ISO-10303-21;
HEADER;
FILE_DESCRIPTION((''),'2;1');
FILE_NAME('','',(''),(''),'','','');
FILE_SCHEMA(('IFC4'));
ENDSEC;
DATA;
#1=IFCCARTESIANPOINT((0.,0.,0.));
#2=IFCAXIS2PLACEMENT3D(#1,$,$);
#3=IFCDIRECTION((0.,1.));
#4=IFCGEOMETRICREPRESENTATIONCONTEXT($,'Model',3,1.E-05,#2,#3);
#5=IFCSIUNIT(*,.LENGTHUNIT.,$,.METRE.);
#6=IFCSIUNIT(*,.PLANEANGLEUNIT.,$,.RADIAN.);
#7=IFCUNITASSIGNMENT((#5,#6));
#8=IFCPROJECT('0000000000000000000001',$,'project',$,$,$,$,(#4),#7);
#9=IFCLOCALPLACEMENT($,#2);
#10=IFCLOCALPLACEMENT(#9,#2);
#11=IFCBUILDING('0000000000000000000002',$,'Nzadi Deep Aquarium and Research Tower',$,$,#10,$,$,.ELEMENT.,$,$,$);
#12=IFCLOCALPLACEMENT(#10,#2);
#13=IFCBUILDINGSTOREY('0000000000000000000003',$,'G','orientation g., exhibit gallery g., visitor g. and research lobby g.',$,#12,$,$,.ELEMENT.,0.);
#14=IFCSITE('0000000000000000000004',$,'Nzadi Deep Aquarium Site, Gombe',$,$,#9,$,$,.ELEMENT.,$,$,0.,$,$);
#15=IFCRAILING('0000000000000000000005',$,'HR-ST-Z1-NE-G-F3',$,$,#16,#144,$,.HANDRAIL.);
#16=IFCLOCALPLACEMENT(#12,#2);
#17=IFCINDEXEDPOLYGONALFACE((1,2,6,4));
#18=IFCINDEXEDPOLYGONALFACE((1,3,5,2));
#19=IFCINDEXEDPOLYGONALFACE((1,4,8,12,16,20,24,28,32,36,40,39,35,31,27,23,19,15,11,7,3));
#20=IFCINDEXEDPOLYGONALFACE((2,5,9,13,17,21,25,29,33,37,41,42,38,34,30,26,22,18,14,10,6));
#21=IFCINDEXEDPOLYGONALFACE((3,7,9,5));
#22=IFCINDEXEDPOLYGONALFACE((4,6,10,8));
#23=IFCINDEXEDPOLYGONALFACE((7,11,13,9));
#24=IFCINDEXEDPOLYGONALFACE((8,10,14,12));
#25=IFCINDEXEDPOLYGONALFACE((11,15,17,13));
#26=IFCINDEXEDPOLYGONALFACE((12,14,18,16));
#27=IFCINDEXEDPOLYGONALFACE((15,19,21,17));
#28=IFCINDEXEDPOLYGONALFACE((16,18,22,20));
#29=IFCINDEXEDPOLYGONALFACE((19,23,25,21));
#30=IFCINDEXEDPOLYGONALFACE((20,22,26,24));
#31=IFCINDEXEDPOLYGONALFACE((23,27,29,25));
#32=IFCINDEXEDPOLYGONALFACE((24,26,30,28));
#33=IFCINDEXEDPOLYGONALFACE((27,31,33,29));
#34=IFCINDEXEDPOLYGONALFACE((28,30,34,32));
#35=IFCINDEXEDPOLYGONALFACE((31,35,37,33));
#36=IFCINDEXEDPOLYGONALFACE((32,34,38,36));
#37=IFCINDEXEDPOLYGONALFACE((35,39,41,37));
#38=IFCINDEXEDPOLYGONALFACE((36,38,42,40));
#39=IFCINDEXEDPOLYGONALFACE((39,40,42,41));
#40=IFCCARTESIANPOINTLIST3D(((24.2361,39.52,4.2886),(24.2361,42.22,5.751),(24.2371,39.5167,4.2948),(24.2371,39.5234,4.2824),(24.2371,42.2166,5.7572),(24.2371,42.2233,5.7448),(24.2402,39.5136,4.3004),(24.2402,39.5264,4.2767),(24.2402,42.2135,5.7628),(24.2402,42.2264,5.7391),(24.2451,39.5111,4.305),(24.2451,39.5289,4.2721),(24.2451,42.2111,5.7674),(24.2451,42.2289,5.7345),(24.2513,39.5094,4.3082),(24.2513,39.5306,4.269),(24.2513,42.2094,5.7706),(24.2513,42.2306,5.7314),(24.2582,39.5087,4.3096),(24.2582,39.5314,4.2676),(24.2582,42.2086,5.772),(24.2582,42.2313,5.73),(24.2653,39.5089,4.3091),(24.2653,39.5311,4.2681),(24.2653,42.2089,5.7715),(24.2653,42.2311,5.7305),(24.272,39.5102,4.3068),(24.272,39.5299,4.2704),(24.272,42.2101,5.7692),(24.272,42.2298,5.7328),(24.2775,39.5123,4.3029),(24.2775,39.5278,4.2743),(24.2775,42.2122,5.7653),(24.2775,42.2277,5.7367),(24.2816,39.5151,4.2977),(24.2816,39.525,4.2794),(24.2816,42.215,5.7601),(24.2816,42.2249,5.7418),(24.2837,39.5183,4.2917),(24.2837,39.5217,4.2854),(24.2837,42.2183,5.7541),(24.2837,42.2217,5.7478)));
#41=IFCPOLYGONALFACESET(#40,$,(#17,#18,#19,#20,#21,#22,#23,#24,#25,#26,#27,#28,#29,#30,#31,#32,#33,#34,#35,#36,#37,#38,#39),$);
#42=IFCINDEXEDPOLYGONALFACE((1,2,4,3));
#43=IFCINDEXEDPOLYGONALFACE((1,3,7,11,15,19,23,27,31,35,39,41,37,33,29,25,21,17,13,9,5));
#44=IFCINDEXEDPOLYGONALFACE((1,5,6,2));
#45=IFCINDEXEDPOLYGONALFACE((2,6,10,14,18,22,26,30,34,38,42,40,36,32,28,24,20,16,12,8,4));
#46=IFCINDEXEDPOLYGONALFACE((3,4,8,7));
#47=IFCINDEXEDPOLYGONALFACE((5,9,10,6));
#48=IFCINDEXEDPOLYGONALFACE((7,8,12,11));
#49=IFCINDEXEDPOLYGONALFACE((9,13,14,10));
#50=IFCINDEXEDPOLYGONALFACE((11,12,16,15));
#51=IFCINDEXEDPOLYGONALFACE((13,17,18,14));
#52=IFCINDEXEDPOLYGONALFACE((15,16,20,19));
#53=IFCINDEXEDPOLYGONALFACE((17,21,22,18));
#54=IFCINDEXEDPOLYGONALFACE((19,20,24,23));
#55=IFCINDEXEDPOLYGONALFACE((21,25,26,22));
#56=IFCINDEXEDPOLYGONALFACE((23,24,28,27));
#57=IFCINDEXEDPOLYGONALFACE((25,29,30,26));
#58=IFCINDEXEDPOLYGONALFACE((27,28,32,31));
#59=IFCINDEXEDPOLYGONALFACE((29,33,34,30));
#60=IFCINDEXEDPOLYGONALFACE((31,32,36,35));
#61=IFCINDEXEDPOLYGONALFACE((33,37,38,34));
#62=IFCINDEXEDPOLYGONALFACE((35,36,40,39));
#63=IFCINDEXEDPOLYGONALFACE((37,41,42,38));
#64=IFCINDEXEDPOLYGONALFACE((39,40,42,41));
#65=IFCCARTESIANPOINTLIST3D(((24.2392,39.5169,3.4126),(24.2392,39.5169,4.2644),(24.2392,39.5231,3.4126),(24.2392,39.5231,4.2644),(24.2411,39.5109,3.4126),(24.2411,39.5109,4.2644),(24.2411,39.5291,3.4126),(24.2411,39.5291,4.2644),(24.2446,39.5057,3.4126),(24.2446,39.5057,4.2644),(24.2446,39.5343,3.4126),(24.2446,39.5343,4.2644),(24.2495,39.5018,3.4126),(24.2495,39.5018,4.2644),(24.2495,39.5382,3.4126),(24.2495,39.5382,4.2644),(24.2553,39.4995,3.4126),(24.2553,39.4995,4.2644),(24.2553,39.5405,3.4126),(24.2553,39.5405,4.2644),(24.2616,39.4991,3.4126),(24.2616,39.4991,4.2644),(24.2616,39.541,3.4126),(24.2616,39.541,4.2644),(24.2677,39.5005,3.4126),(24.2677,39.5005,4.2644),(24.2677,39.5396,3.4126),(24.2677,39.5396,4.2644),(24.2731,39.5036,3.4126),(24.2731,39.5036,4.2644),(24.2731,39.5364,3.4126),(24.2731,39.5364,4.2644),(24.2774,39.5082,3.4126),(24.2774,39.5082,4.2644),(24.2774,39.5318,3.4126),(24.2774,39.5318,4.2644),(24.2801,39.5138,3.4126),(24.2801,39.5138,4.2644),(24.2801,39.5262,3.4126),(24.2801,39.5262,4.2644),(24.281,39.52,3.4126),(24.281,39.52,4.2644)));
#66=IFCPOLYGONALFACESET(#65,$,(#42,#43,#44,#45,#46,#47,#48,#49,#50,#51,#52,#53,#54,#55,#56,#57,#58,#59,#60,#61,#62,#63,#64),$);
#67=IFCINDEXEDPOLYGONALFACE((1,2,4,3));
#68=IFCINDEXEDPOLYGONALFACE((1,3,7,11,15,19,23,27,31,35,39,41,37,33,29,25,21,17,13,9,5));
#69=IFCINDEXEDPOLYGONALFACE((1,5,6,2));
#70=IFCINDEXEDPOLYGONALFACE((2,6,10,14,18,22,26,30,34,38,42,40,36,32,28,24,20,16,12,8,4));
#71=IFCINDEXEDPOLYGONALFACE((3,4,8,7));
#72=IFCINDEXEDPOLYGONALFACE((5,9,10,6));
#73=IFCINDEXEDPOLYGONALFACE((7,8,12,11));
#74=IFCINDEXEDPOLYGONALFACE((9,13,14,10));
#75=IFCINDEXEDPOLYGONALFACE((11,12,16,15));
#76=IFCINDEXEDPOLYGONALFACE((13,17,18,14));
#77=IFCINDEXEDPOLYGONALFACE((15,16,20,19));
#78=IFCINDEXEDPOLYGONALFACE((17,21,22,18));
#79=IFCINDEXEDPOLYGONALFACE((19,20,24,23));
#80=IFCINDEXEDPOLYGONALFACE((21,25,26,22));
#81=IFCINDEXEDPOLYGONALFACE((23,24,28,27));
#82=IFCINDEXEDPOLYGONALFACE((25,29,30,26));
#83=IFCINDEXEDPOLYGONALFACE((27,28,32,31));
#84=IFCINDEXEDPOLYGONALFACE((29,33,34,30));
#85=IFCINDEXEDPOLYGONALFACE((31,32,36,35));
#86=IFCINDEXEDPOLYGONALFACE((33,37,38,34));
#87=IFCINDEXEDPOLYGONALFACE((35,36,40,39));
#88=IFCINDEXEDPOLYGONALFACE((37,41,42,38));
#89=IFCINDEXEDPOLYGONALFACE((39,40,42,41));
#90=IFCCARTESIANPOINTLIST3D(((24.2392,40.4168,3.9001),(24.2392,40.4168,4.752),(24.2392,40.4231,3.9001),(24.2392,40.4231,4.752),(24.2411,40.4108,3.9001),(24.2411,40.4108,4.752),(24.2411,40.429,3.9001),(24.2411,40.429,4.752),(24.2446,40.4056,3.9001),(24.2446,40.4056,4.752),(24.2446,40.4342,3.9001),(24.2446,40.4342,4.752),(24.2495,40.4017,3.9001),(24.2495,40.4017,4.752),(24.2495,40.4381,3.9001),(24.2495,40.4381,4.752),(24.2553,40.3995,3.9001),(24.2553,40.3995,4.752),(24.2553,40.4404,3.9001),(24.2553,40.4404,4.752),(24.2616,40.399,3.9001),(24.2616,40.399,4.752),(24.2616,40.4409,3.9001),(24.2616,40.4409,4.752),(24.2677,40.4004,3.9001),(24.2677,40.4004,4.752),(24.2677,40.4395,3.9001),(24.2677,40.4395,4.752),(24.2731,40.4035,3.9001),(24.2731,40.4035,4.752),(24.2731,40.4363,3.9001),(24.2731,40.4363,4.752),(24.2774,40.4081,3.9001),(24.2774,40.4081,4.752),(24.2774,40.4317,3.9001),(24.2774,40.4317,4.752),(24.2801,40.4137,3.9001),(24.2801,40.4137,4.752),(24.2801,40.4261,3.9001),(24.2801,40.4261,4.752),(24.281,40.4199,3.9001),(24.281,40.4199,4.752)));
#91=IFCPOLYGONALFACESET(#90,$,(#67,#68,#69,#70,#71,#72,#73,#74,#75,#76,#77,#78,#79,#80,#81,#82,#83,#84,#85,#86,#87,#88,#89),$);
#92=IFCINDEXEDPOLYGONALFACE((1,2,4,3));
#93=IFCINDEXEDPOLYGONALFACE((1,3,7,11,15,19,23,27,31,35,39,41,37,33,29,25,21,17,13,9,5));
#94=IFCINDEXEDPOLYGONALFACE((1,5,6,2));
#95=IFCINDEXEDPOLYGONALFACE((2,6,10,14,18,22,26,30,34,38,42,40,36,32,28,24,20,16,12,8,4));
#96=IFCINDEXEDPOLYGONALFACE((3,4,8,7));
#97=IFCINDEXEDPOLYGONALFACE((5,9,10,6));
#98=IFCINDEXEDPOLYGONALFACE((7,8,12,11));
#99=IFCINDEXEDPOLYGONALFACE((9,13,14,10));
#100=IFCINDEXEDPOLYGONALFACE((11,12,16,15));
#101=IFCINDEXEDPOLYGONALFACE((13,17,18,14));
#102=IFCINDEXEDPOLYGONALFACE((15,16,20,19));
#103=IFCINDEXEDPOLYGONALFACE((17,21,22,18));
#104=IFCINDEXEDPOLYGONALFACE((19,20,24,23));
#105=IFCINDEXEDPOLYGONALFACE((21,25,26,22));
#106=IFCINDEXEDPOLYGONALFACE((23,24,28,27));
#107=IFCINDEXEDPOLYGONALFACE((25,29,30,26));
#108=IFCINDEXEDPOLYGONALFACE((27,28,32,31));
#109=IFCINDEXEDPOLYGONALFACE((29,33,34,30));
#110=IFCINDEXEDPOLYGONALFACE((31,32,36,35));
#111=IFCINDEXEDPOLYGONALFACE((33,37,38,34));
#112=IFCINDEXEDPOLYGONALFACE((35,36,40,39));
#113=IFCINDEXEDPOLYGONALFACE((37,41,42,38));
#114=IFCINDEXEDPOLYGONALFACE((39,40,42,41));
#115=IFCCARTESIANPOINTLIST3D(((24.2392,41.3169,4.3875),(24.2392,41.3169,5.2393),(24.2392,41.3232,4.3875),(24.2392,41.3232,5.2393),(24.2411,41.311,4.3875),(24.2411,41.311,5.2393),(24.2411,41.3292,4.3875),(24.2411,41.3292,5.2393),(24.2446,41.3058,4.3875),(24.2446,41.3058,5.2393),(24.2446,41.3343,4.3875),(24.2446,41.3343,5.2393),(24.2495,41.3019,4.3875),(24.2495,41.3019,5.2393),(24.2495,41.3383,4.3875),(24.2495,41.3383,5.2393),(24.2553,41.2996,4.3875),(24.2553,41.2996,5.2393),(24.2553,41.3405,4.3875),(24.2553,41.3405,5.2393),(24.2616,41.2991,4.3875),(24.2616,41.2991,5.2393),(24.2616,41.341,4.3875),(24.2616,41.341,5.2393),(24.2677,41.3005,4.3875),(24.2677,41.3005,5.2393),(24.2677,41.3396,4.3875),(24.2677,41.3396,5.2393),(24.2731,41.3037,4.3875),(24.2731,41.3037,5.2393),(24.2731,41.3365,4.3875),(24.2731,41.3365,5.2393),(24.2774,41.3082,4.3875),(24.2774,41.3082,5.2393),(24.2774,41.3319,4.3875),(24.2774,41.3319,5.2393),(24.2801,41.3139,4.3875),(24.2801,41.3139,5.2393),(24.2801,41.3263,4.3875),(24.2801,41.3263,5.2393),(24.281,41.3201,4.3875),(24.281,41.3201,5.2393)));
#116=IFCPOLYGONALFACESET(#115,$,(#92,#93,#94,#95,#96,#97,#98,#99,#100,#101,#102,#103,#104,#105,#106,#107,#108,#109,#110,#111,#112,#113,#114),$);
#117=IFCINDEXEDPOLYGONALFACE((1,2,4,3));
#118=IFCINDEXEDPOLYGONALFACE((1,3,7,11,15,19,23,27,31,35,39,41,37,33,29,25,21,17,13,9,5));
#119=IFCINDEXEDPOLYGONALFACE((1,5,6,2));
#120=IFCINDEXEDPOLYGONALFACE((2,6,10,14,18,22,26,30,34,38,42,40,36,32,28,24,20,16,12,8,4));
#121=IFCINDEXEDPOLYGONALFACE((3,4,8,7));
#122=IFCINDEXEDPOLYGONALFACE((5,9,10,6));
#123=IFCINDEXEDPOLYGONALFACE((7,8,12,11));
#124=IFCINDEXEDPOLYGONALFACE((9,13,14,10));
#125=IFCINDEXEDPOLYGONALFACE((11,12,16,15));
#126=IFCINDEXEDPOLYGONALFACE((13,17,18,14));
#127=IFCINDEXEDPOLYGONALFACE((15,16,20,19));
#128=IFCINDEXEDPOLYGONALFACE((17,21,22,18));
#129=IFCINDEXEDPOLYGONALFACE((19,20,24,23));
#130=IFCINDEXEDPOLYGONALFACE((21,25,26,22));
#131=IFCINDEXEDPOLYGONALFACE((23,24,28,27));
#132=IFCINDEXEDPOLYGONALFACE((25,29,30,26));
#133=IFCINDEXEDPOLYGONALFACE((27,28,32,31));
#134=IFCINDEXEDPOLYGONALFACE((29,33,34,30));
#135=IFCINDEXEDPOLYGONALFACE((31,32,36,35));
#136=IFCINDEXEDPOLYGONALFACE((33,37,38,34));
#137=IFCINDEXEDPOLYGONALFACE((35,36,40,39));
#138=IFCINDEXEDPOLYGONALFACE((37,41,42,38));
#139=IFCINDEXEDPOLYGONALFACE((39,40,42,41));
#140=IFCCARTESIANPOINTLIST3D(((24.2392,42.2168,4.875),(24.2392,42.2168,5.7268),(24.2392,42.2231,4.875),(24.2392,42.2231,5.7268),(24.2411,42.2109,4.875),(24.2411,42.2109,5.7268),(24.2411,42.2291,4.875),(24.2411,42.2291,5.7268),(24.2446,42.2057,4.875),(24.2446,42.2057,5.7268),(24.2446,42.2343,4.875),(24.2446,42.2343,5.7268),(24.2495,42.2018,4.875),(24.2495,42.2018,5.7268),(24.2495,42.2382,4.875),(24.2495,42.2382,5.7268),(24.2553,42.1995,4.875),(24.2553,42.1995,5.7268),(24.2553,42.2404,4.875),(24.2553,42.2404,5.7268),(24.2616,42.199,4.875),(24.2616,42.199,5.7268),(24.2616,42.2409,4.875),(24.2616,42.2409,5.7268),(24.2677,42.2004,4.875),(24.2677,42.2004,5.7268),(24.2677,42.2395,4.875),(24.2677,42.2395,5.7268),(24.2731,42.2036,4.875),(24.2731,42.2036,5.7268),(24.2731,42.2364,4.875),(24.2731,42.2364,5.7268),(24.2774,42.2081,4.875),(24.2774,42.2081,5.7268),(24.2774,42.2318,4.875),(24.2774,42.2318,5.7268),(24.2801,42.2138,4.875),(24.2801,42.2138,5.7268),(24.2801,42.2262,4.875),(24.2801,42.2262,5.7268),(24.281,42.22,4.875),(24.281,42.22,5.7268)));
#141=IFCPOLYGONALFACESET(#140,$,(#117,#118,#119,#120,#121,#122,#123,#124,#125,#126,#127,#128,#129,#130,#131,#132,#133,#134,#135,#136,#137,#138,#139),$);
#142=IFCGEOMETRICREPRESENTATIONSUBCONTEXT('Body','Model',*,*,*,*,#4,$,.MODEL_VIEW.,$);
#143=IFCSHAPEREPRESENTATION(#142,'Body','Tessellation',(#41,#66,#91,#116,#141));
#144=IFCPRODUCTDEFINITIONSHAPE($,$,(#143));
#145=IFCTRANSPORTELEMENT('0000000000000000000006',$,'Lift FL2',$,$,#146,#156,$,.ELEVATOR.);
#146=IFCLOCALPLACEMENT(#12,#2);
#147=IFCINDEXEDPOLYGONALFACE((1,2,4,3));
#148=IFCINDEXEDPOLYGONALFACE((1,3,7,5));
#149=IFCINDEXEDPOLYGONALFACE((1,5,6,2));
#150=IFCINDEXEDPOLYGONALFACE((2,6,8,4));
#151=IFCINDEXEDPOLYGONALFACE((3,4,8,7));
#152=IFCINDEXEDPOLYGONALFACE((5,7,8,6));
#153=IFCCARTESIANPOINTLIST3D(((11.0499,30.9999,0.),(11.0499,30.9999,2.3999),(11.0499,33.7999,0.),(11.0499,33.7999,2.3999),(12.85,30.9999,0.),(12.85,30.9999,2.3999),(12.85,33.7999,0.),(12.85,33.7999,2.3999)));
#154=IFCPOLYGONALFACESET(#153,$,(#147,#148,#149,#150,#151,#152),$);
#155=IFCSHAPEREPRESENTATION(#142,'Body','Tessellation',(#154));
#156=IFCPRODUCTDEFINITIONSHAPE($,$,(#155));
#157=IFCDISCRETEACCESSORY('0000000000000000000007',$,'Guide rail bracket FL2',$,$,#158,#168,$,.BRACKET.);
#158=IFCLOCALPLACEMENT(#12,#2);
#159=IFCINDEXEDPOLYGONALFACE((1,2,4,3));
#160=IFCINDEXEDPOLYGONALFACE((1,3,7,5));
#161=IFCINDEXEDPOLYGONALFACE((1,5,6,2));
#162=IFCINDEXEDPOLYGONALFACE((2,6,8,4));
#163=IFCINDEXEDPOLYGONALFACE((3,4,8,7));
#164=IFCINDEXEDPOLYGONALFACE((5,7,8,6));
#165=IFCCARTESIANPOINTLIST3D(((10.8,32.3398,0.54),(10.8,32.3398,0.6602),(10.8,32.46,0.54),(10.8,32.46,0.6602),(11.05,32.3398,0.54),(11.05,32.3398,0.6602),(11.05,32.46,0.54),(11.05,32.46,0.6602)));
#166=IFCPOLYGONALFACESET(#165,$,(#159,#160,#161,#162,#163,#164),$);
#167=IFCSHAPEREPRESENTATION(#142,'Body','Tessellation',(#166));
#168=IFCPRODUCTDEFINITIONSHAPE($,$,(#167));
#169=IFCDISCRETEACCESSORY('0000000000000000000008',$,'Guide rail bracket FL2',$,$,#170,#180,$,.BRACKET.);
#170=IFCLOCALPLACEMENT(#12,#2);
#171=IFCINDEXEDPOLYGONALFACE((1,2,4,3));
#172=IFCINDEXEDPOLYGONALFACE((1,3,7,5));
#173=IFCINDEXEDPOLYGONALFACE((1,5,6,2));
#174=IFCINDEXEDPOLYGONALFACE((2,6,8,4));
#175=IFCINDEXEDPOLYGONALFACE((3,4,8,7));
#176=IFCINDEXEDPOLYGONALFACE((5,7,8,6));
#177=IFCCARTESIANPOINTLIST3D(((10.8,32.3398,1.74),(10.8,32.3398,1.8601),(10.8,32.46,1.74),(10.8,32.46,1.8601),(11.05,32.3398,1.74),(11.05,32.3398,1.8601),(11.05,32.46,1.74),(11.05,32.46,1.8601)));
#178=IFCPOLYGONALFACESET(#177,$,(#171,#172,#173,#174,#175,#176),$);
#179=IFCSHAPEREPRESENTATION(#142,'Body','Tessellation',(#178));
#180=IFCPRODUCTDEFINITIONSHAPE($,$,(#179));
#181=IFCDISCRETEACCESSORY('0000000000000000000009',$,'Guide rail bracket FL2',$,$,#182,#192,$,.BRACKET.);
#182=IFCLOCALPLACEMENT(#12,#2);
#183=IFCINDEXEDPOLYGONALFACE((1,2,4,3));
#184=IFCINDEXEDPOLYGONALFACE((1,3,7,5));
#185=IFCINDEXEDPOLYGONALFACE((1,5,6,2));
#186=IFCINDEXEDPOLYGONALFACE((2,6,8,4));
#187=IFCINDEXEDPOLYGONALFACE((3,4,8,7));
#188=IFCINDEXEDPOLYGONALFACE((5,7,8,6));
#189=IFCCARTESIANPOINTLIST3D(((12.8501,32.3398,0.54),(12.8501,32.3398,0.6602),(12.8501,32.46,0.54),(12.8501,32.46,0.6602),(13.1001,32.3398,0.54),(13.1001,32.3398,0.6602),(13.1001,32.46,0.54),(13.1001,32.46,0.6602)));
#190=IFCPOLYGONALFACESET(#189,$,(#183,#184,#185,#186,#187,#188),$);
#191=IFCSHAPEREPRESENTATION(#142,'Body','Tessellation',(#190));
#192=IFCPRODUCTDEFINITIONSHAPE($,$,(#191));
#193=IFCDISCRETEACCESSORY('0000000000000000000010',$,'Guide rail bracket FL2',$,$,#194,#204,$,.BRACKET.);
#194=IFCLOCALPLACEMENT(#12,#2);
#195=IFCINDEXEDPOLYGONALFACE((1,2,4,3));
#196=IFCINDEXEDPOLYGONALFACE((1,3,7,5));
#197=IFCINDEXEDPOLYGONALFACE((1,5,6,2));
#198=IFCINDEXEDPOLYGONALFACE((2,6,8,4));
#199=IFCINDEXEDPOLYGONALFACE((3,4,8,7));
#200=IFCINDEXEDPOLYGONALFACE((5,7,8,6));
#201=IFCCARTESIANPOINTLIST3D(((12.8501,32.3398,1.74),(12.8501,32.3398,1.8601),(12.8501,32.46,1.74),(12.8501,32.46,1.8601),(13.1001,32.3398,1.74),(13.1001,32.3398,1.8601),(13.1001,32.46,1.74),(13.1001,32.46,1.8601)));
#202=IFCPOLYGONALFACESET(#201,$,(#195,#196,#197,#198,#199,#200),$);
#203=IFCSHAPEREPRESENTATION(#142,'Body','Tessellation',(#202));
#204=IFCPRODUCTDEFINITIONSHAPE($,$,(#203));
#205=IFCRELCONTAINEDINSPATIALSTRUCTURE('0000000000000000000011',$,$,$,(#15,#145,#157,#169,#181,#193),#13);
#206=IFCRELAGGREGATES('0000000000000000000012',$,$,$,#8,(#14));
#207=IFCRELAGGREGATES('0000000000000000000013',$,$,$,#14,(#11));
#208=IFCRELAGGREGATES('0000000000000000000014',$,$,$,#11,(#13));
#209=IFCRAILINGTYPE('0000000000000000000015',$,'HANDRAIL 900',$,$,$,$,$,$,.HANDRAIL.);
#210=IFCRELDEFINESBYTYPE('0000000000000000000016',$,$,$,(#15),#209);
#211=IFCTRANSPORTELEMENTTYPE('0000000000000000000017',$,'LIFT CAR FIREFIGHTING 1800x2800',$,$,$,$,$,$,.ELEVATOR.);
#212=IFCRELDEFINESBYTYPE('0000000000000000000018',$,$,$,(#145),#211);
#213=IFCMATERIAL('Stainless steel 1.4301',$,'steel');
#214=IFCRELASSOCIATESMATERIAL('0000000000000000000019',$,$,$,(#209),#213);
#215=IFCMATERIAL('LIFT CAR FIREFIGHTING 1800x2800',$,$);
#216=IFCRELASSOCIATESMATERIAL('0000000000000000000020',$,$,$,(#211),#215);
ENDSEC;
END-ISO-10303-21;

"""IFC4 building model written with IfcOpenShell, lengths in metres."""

from ifc_helpers import new_model, si_unit, direction, frame, origin, origin_2d, place, context, subcontext, project, spatial, rectangle, circle, extrude, material, type_object, element, save


model = new_model("IFC4")

# Units and contexts
model_context = context("Model", 3, precision=1e-05, world=origin(), true_north=direction((0.0, 1.0)))
body_context = subcontext(model_context, "Body", "Model", "MODEL_VIEW")
ifc_project = project(units=[si_unit("LENGTHUNIT", "METRE"), si_unit("PLANEANGLEUNIT", "RADIAN")], contexts=[model_context])

# Site, building, storey
site_placement = place(None, origin())
site = spatial("IfcSite", under=ifc_project, at=site_placement, Name="Nzadi Deep Aquarium Site, Gombe", CompositionType="ELEMENT", RefElevation=0.0)
building_placement = place(site_placement, origin())
building = spatial("IfcBuilding", under=site, at=building_placement, Name="Nzadi Deep Aquarium and Research Tower", CompositionType="ELEMENT")
storey_placement = place(building_placement, origin())
storey = spatial("IfcBuildingStorey", under=building, at=storey_placement, Name="G", Description="orientation g., exhibit gallery g., visitor g. and research lobby g.", CompositionType="ELEMENT", Elevation=0.0)

# Railing
ifc_material_1 = material(Name="Stainless steel 1.4301", Category="steel")
railing_type = type_object("IfcRailingType", Name="HANDRAIL 900", PredefinedType="HANDRAIL", material=ifc_material_1)
for number, where, name in (
    (1, (24.26, 39.52, 3.4126), "HR-ST-Z1-NE-G-F3"),
):
    element("IfcRailing", number, at=place(storey_placement, frame(where)), inside=storey, type_object=railing_type, Name=name, PredefinedType="HANDRAIL", context=body_context, shape_type="SweptSolid", body=[
        extrude(circle(Radius=0.0239, at=origin_2d()), frame((0.0, 0.0, 0.876), z_axis=(0.0, 0.879302, 0.476265), x_axis=(-1.0, 0.0, 0.0)), (0.0, 0.0, 1.0), 3.0706),
        extrude(circle(Radius=0.021, at=origin_2d()), origin(), (0.0, 0.0, 1.0), 0.8518),
        extrude(circle(Radius=0.021, at=origin_2d()), frame((0.0, 0.8999, 0.4875)), (0.0, 0.0, 1.0), 0.8518),
        extrude(circle(Radius=0.021, at=origin_2d()), frame((0.0, 1.8, 0.9749)), (0.0, 0.0, 1.0), 0.8518),
        extrude(circle(Radius=0.021, at=origin_2d()), frame((0.0, 2.7, 1.4624)), (0.0, 0.0, 1.0), 0.8518),
    ])

# Transport element
ifc_material_2 = material(Name="LIFT CAR FIREFIGHTING 1800x2800")
transport_element_type = type_object("IfcTransportElementType", Name="LIFT CAR FIREFIGHTING 1800x2800", PredefinedType="ELEVATOR", material=ifc_material_2)
transport_element_placement = place(storey_placement, frame((11.95, 32.3999, 0.0), z_axis=(0.0, 0.0, 1.0), x_axis=(1.0, 0.0, 0.0)))
element("IfcTransportElement", 2, at=transport_element_placement, inside=storey, type_object=transport_element_type, Name="Lift FL2", PredefinedType="ELEVATOR", context=body_context, shape_type="SweptSolid", body=[
    extrude(rectangle(XDim=1.8, YDim=2.8, at=origin_2d()), origin(), (0.0, 0.0, 1.0), 2.3999),
])

# Discrete accessories
for number, where, z_axis, x_axis, name in (
    (3, (10.925, 32.3999, 0.54), (0.0, 0.0, 1.0), (1.0, 0.0, 0.0), "Guide rail bracket FL2"),
    (4, (10.925, 32.3999, 1.74), (0.0, 0.0, 1.0), (1.0, 0.0, 0.0), "Guide rail bracket FL2"),
    (5, (12.9751, 32.3999, 0.54), (0.0, 0.0, 1.0), (1.0, 0.0, 0.0), "Guide rail bracket FL2"),
    (6, (12.9751, 32.3999, 1.74), (0.0, 0.0, 1.0), (1.0, 0.0, 0.0), "Guide rail bracket FL2"),
):
    element("IfcDiscreteAccessory", number, at=place(storey_placement, frame(where, z_axis=z_axis, x_axis=x_axis)), inside=storey, Name=name, PredefinedType="BRACKET", context=body_context, shape_type="SweptSolid", body=[
        extrude(rectangle(XDim=0.25, YDim=0.1201, at=origin_2d()), origin(), (0.0, 0.0, 1.0), 0.1201),
    ])

save(model, "model.ifc")
